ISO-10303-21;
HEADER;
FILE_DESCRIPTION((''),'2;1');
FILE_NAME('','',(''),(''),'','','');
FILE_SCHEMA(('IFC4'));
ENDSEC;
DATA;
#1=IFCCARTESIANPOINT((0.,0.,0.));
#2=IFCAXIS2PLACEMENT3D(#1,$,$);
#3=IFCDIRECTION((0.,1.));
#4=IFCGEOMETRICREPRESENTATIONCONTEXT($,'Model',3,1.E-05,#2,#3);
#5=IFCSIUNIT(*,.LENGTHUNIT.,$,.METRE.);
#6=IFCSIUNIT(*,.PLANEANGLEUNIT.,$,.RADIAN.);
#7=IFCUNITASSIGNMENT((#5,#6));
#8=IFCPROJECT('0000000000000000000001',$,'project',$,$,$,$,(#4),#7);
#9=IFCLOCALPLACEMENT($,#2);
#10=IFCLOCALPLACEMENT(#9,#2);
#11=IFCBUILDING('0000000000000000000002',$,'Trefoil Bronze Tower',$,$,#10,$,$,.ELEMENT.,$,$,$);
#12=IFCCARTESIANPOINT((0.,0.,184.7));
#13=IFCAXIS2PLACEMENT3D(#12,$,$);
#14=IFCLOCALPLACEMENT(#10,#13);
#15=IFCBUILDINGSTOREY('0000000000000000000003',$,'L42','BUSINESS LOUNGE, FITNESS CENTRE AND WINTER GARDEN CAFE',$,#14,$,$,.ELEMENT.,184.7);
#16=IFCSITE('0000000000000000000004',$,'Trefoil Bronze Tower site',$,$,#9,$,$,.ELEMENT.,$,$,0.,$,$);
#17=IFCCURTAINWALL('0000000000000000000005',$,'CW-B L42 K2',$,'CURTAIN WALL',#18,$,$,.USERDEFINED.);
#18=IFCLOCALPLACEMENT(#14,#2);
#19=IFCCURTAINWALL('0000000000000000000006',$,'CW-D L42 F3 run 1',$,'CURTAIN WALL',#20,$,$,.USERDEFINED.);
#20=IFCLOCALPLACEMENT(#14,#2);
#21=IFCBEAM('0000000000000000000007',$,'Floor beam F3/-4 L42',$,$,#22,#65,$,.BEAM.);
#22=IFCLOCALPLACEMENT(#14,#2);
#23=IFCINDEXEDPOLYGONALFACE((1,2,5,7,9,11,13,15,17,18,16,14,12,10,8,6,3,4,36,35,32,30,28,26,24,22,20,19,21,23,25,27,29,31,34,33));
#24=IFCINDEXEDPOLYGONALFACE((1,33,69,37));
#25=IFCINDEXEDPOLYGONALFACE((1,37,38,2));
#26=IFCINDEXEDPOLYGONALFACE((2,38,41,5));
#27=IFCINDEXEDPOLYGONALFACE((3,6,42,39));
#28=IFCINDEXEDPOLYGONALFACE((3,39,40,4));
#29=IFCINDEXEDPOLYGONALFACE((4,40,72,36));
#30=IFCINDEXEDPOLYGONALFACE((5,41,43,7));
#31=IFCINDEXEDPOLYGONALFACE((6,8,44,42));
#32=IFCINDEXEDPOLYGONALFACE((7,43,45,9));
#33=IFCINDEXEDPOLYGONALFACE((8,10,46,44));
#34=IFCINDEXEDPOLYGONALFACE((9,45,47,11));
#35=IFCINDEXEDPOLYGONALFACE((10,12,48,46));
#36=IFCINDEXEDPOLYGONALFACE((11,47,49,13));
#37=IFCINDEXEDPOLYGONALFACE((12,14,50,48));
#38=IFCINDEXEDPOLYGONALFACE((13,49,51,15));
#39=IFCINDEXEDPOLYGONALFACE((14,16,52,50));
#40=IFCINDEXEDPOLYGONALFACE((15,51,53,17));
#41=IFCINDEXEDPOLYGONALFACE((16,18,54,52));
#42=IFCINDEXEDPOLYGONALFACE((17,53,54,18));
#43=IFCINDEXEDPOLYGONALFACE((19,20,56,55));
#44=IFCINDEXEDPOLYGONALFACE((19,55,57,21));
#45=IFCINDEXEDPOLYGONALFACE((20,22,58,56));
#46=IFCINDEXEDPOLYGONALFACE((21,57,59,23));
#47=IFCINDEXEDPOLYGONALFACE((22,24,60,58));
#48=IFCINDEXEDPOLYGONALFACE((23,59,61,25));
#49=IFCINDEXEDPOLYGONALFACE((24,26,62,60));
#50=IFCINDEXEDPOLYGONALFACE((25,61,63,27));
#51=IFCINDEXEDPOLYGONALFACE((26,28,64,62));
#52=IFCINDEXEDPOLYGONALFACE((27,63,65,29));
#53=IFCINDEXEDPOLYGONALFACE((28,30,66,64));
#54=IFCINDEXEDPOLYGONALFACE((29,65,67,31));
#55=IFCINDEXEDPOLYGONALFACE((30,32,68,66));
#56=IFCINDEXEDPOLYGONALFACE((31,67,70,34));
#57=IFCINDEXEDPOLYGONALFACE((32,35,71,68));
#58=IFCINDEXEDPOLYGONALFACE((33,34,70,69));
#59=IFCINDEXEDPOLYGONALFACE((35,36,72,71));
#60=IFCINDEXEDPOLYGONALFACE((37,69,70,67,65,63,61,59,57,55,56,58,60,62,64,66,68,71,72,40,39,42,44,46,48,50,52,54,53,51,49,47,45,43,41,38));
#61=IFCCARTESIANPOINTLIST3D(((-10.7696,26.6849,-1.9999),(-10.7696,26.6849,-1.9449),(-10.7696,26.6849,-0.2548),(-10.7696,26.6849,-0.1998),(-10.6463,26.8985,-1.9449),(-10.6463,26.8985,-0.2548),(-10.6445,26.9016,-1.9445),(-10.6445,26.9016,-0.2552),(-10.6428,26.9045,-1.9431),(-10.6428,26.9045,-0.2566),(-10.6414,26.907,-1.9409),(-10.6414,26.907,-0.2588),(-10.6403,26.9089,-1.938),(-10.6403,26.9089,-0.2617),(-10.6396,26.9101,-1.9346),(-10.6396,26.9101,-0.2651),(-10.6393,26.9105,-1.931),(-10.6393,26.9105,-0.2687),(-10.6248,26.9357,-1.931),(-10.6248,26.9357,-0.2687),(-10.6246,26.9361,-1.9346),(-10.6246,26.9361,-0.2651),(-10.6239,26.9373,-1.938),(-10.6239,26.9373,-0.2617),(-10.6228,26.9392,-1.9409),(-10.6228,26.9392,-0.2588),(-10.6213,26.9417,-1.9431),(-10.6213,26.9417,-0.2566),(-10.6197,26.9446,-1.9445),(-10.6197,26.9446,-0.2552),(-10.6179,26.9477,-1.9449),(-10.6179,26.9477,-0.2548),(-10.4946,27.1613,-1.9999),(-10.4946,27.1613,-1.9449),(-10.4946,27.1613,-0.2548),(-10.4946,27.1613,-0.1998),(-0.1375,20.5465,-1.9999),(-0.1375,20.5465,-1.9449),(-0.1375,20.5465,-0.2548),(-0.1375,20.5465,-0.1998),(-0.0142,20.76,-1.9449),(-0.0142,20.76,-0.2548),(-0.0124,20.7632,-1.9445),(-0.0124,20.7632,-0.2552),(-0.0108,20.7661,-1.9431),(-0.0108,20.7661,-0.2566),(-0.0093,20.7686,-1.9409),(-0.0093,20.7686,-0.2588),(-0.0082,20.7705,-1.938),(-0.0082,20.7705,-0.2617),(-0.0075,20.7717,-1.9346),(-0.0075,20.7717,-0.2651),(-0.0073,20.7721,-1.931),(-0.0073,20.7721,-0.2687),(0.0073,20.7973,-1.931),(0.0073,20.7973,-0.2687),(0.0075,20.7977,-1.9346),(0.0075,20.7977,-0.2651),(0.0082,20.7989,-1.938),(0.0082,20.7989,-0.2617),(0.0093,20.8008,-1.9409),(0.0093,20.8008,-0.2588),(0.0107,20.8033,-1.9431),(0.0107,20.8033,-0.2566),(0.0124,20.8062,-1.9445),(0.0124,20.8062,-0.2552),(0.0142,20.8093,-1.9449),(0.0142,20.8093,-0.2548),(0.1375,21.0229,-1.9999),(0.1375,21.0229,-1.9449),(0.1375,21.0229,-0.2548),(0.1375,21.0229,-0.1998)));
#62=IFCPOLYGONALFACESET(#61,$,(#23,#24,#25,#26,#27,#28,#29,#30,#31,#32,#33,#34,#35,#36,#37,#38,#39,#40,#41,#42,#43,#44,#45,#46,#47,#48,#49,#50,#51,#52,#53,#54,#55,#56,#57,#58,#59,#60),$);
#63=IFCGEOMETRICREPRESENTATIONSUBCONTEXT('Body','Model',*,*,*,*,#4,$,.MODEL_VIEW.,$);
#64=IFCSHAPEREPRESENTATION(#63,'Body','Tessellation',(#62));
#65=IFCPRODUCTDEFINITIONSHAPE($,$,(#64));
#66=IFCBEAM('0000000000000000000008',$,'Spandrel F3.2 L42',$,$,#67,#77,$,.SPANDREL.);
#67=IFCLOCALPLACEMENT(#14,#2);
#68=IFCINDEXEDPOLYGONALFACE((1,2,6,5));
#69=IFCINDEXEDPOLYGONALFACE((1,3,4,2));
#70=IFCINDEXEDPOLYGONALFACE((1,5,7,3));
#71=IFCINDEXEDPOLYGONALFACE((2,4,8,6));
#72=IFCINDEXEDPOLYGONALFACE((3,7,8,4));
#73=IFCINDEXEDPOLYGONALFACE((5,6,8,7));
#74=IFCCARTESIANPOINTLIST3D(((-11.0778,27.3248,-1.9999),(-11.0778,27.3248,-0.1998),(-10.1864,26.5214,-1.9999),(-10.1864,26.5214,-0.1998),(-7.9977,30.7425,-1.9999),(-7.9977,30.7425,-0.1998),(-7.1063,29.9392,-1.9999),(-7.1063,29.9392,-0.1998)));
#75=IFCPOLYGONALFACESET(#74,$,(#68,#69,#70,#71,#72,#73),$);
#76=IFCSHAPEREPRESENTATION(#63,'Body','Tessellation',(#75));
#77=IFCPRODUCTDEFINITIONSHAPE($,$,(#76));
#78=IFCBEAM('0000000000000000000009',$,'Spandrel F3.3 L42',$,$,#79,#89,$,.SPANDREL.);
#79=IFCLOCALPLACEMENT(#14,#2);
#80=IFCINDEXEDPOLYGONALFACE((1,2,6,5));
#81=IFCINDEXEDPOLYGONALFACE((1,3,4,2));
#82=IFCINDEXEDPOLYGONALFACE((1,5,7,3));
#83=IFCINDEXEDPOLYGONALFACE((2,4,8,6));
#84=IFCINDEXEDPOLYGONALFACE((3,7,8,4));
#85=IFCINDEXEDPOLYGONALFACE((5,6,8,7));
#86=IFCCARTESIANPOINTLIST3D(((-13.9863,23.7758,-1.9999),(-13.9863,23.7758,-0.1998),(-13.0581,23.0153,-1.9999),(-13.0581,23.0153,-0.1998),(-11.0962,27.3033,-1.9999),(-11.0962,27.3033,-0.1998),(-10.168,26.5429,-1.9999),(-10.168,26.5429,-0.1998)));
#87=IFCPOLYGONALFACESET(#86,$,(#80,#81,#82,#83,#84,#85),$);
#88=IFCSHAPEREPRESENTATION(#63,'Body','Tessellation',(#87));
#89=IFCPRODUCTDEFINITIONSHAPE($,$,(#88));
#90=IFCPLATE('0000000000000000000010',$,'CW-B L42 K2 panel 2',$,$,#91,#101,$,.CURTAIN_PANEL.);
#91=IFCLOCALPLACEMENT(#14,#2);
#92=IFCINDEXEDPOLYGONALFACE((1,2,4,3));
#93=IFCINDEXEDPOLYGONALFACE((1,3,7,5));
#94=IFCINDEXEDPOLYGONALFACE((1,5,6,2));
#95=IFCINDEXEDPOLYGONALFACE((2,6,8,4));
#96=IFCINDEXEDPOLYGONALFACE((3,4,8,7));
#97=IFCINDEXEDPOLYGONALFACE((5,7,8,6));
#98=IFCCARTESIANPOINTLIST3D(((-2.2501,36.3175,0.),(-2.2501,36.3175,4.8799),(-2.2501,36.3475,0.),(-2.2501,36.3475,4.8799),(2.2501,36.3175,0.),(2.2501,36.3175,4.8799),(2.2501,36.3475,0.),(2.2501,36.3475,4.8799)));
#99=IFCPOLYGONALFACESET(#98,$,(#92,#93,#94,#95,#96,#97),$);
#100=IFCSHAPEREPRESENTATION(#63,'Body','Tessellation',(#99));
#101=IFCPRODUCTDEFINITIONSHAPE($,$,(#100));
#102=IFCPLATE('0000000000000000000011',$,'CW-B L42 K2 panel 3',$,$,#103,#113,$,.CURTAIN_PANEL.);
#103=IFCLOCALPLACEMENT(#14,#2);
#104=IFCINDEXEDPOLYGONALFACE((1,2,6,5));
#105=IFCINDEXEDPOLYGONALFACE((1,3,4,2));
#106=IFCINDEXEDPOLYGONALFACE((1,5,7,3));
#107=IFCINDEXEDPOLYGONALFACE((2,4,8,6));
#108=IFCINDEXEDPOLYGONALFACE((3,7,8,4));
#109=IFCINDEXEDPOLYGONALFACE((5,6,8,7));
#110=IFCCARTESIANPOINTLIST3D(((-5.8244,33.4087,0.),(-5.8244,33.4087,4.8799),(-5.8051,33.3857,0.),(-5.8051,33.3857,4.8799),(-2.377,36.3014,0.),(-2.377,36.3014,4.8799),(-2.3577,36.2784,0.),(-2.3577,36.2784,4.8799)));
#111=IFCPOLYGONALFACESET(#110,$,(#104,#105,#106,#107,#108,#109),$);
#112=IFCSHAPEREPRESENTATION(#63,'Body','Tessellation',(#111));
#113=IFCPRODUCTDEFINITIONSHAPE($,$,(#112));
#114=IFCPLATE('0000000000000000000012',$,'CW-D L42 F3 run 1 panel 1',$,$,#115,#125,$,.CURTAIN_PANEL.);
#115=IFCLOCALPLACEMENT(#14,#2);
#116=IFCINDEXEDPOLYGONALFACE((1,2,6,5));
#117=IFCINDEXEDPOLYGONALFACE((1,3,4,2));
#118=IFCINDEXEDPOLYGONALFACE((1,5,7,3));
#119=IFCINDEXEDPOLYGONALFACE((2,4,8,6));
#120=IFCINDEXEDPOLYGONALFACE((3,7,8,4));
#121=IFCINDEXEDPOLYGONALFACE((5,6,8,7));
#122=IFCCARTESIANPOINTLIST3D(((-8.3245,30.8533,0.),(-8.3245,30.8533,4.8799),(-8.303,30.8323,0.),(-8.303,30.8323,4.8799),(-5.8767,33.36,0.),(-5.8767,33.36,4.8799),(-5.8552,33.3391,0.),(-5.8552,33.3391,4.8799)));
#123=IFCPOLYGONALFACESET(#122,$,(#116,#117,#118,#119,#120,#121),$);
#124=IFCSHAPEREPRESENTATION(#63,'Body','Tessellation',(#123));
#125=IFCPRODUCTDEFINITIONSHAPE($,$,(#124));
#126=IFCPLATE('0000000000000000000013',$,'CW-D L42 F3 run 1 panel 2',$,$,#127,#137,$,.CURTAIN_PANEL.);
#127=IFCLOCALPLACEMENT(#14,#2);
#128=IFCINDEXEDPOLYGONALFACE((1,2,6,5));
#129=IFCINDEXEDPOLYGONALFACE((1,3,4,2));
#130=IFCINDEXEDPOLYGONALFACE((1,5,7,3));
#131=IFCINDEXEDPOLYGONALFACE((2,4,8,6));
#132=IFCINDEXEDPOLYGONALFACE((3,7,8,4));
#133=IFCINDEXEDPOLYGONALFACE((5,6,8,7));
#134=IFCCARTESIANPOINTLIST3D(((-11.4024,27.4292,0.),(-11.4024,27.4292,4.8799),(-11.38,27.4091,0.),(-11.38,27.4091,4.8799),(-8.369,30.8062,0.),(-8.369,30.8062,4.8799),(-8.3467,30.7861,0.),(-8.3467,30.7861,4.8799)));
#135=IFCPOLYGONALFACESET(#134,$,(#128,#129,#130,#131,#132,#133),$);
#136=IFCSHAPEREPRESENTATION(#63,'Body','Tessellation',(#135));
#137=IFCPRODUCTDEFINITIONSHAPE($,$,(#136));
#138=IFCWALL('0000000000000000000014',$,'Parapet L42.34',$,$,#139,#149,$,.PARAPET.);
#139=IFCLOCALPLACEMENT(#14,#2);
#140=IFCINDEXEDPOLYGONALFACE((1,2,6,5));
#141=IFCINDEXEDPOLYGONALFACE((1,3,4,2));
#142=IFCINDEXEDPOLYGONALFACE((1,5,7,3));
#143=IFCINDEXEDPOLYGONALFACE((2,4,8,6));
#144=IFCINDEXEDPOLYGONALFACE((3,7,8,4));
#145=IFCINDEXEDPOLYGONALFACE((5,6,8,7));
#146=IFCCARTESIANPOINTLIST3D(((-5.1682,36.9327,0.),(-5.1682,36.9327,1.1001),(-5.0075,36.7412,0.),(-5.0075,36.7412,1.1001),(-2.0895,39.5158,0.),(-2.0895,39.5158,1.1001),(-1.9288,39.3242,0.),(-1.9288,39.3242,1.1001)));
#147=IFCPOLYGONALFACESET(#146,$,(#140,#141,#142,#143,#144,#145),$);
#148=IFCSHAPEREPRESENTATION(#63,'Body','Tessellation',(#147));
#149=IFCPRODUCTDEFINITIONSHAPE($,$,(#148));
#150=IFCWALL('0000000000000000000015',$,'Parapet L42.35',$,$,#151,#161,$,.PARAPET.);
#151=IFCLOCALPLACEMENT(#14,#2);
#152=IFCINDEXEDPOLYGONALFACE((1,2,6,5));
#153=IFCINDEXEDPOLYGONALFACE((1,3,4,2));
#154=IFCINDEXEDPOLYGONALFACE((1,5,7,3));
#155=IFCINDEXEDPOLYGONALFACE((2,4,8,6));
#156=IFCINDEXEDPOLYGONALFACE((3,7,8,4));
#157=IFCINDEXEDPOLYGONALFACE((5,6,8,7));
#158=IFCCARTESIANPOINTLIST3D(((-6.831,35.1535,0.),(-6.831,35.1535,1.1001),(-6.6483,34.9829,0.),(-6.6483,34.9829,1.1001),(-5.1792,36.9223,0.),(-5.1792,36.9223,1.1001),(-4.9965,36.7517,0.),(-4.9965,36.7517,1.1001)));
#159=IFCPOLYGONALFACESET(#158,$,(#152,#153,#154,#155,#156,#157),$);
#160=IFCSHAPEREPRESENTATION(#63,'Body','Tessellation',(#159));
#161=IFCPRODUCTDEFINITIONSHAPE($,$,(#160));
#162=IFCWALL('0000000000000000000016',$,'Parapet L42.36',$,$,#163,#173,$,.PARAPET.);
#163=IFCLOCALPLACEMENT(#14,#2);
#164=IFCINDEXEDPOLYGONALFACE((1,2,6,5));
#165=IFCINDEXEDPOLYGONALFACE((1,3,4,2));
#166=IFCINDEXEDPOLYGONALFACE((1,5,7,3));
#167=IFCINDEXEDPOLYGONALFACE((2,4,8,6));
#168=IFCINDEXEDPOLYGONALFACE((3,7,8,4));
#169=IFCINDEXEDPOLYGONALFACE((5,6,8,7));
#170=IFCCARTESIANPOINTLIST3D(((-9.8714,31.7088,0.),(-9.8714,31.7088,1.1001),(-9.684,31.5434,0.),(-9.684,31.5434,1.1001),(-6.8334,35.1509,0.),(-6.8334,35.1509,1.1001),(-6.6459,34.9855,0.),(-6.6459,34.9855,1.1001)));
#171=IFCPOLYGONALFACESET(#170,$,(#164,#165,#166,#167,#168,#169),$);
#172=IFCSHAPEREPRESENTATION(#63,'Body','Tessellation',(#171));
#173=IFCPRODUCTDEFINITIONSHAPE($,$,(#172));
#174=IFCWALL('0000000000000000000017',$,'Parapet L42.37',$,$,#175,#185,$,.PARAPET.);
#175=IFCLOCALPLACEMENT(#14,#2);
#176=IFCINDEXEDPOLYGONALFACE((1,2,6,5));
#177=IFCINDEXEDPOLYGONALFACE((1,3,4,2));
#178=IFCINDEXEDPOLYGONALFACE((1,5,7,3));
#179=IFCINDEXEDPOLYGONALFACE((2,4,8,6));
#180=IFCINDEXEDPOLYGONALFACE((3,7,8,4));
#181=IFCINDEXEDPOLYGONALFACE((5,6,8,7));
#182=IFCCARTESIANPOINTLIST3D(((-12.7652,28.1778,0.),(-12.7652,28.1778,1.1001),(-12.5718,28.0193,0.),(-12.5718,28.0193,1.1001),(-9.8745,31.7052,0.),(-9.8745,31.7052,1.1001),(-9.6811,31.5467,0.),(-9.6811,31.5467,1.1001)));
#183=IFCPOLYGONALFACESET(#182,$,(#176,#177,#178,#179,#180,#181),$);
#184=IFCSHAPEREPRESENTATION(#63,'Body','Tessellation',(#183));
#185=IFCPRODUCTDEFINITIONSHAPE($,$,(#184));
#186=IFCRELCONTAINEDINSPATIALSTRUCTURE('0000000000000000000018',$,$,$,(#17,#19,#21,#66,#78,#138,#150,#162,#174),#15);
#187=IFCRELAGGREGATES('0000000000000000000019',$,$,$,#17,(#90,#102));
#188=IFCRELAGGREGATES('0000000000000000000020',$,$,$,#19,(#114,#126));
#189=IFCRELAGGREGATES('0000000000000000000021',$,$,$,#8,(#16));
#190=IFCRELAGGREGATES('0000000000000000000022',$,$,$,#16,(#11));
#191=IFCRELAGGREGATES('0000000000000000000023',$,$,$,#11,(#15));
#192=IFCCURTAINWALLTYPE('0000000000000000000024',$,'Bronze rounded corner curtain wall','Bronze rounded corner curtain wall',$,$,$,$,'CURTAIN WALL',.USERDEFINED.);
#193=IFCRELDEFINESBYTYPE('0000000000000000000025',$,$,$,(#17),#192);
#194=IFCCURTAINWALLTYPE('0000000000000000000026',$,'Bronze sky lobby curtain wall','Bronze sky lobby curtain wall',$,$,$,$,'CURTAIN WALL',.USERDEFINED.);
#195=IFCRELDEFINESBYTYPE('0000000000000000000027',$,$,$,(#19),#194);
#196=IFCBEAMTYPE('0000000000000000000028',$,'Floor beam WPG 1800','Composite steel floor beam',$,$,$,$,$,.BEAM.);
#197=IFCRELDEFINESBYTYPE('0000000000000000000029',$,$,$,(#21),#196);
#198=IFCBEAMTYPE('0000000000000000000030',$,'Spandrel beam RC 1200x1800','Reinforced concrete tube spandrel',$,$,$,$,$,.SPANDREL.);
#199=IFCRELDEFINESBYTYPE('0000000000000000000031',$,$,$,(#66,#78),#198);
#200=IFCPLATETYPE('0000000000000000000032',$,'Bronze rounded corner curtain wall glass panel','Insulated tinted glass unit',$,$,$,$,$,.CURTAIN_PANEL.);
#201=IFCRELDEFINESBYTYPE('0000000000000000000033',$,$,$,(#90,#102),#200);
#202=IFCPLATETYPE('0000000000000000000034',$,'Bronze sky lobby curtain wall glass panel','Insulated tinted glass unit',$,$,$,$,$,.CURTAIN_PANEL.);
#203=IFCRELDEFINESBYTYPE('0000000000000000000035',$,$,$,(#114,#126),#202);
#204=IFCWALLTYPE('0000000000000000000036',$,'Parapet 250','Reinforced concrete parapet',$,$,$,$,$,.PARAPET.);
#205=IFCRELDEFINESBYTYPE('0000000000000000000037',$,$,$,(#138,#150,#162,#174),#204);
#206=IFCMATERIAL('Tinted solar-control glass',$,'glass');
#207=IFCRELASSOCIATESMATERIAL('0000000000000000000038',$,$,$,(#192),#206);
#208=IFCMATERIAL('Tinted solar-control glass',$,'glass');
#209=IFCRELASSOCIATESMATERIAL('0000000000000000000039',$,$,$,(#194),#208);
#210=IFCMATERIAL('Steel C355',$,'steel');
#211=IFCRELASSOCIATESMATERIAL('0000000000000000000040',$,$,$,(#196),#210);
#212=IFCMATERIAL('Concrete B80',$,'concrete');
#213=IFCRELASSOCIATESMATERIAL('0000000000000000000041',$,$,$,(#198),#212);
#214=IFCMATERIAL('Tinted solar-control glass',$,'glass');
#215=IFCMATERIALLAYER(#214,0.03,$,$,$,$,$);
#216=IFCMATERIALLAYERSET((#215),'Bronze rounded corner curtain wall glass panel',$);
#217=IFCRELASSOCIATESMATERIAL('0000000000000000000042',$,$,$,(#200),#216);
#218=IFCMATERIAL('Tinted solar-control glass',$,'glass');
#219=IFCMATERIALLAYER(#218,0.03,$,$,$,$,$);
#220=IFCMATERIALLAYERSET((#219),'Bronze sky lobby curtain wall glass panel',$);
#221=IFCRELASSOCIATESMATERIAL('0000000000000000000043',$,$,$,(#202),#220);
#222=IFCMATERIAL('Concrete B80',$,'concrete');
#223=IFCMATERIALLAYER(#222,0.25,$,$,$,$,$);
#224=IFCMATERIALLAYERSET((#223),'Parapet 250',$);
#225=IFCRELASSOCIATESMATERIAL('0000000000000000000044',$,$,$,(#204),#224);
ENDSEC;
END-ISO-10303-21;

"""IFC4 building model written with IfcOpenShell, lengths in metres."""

from ifc_helpers import new_model, si_unit, direction, frame, frame_2d, origin, origin_2d, place, context, subcontext, project, spatial, rectangle, i_section, extrude, material, layer, layer_set, material_profile, profile_set, type_object, element, aggregate, save


model = new_model("IFC4")

# Units and contexts
model_context = context("Model", 3, precision=1e-05, world=origin(), true_north=direction((0.0, 1.0)))
body_context = subcontext(model_context, "Body", "Model", "MODEL_VIEW")
ifc_project = project(units=[si_unit("LENGTHUNIT", "METRE"), si_unit("PLANEANGLEUNIT", "RADIAN")], contexts=[model_context])

# Site, building, storey
site_placement = place(None, origin())
site = spatial("IfcSite", under=ifc_project, at=site_placement, Name="Trefoil Bronze Tower site", CompositionType="ELEMENT", RefElevation=0.0)
building_placement = place(site_placement, origin())
building = spatial("IfcBuilding", under=site, at=building_placement, Name="Trefoil Bronze Tower", CompositionType="ELEMENT")
storey_placement = place(building_placement, frame((0.0, 0.0, 184.7)))
storey = spatial("IfcBuildingStorey", under=building, at=storey_placement, Name="L42", Description="BUSINESS LOUNGE, FITNESS CENTRE AND WINTER GARDEN CAFE", CompositionType="ELEMENT", Elevation=184.7)

# Curtain walls
ifc_material_1 = material(Name="Tinted solar-control glass", Category="glass")
curtain_wall_type_1 = type_object("IfcCurtainWallType", Name="Bronze rounded corner curtain wall", Description="Bronze rounded corner curtain wall", ElementType="CURTAIN WALL", PredefinedType="USERDEFINED", material=ifc_material_1)
curtain_wall_1_placement = place(storey_placement, origin())
curtain_wall_1 = element("IfcCurtainWall", 1, at=curtain_wall_1_placement, inside=storey, type_object=curtain_wall_type_1, Name="CW-B L42 K2", ObjectType="CURTAIN WALL", PredefinedType="USERDEFINED")
ifc_material_2 = material(Name="Tinted solar-control glass", Category="glass")
curtain_wall_type_2 = type_object("IfcCurtainWallType", Name="Bronze sky lobby curtain wall", Description="Bronze sky lobby curtain wall", ElementType="CURTAIN WALL", PredefinedType="USERDEFINED", material=ifc_material_2)
curtain_wall_2_placement = place(storey_placement, origin())
curtain_wall_2 = element("IfcCurtainWall", 2, at=curtain_wall_2_placement, inside=storey, type_object=curtain_wall_type_2, Name="CW-D L42 F3 run 1", ObjectType="CURTAIN WALL", PredefinedType="USERDEFINED")

# Beams
ifc_material_3 = material(Name="Steel C355", Category="steel")
ifc_material_profile_1 = material_profile(ifc_material_3, i_section(OverallWidth=0.55, OverallDepth=1.8, WebThickness=0.0291, FlangeThickness=0.0549, FilletRadius=0.0139, at=origin_2d()), Name="WPG 1800")
ifc_profile_set_1 = profile_set([ifc_material_profile_1], Name="Steel C355")
beam_type_1 = type_object("IfcBeamType", Name="Floor beam WPG 1800", Description="Composite steel floor beam", PredefinedType="BEAM", material=ifc_profile_set_1)
beam_1_placement = place(storey_placement, frame((-10.6321, 26.9231, -1.0999), z_axis=(0.866026, -0.5, 0.0), x_axis=(0.5, 0.866026, 0.0)))
element("IfcBeam", 3, at=beam_1_placement, inside=storey, type_object=beam_type_1, Name="Floor beam F3/-4 L42", PredefinedType="BEAM", context=body_context, shape_type="SweptSolid", body=[
    extrude(i_section(OverallWidth=0.55, OverallDepth=1.8, WebThickness=0.0291, FlangeThickness=0.0549, FilletRadius=0.0139, at=origin_2d()), origin(), (0.0, 0.0, 1.0), 12.2769),
])
ifc_material_4 = material(Name="Concrete B80", Category="concrete")
ifc_material_profile_2 = material_profile(ifc_material_4, rectangle(XDim=1.2, YDim=1.8, at=origin_2d()), Name="RC 1200x1800")
ifc_profile_set_2 = profile_set([ifc_material_profile_2], Name="Concrete B80")
beam_type_2 = type_object("IfcBeamType", Name="Spandrel beam RC 1200x1800", Description="Reinforced concrete tube spandrel", PredefinedType="SPANDREL", material=ifc_profile_set_2)
beam_2_placement = place(storey_placement, frame((-7.552, 30.3408, -1.0999), z_axis=(-0.66946, -0.742848, 0.0), x_axis=(0.742848, -0.66946, 0.0)))
element("IfcBeam", 4, at=beam_2_placement, inside=storey, type_object=beam_type_2, Name="Spandrel F3.2 L42", PredefinedType="SPANDREL", context=body_context, shape_type="SweptSolid", body=[
    extrude(rectangle(XDim=1.2, YDim=1.8, at=origin_2d()), origin(), (0.0, 0.0, 1.0), 4.6008),
])
beam_3_placement = place(storey_placement, frame((-10.6321, 26.9231, -1.0999), z_axis=(-0.633754, -0.773535, 0.0), x_axis=(0.773535, -0.633754, 0.0)))
element("IfcBeam", 5, at=beam_3_placement, inside=storey, type_object=beam_type_2, Name="Spandrel F3.3 L42", PredefinedType="SPANDREL", context=body_context, shape_type="SweptSolid", body=[
    extrude(rectangle(XDim=1.2, YDim=1.8, at=origin_2d()), origin(), (0.0, 0.0, 1.0), 4.5603),
])

# Plates
ifc_material_5 = material(Name="Tinted solar-control glass", Category="glass")
ifc_layer_1 = layer(ifc_material_5, 0.03)
ifc_layer_set_1 = layer_set([ifc_layer_1], Name="Bronze rounded corner curtain wall glass panel")
plate_type_1 = type_object("IfcPlateType", Name="Bronze rounded corner curtain wall glass panel", Description="Insulated tinted glass unit", PredefinedType="CURTAIN_PANEL", material=ifc_layer_set_1)
plate_1_placement = place(storey_placement, frame((0.0, 36.3325, 0.0), z_axis=(0.0, 0.0, 1.0), x_axis=(-1.0, 0.0, 0.0)))
plate_1 = element("IfcPlate", 6, at=plate_1_placement, type_object=plate_type_1, Name="CW-B L42 K2 panel 2", PredefinedType="CURTAIN_PANEL", context=body_context, shape_type="SweptSolid", body=[
    extrude(rectangle(XDim=4.5002, YDim=0.03, at=origin_2d()), origin(), (0.0, 0.0, 1.0), 4.8799),
])
plate_2_placement = place(storey_placement, frame((-4.0911, 34.8435, 0.0), z_axis=(0.0, 0.0, 1.0), x_axis=(-0.766044, -0.642788, 0.0)))
plate_2 = element("IfcPlate", 7, at=plate_2_placement, type_object=plate_type_1, Name="CW-B L42 K2 panel 3", PredefinedType="CURTAIN_PANEL", context=body_context, shape_type="SweptSolid", body=[
    extrude(rectangle(XDim=4.5002, YDim=0.03, at=origin_2d()), origin(), (0.0, 0.0, 1.0), 4.8799),
])
aggregate(curtain_wall_1, [plate_1, plate_2])
ifc_material_6 = material(Name="Tinted solar-control glass", Category="glass")
ifc_layer_2 = layer(ifc_material_6, 0.03)
ifc_layer_set_2 = layer_set([ifc_layer_2], Name="Bronze sky lobby curtain wall glass panel")
plate_type_2 = type_object("IfcPlateType", Name="Bronze sky lobby curtain wall glass panel", Description="Insulated tinted glass unit", PredefinedType="CURTAIN_PANEL", material=ifc_layer_set_2)
plate_3_placement = place(storey_placement, frame((-7.0898, 32.0962, 0.0), z_axis=(0.0, 0.0, 1.0), x_axis=(-0.698652, -0.715462, 0.0)))
plate_3 = element("IfcPlate", 8, at=plate_3_placement, type_object=plate_type_2, Name="CW-D L42 F3 run 1 panel 1", PredefinedType="CURTAIN_PANEL", context=body_context, shape_type="SweptSolid", body=[
    extrude(rectangle(XDim=3.5037, YDim=0.03, at=origin_2d()), origin(), (0.0, 0.0, 1.0), 4.8799),
])
plate_4_placement = place(storey_placement, frame((-9.8745, 29.1077, 0.0), z_axis=(0.0, 0.0, 1.0), x_axis=(-0.668246, -0.743941, 0.0)))
plate_4 = element("IfcPlate", 9, at=plate_4_placement, type_object=plate_type_2, Name="CW-D L42 F3 run 1 panel 2", PredefinedType="CURTAIN_PANEL", context=body_context, shape_type="SweptSolid", body=[
    extrude(rectangle(XDim=4.5393, YDim=0.03, at=origin_2d()), origin(), (0.0, 0.0, 1.0), 4.8799),
])
aggregate(curtain_wall_2, [plate_3, plate_4])

# Walls
ifc_material_7 = material(Name="Concrete B80", Category="concrete")
ifc_layer_3 = layer(ifc_material_7, 0.25)
ifc_layer_set_3 = layer_set([ifc_layer_3], Name="Parapet 250")
wall_type = type_object("IfcWallType", Name="Parapet 250", Description="Reinforced concrete parapet", PredefinedType="PARAPET", material=ifc_layer_set_3)
wall_1_placement = place(storey_placement, frame((-2.0093, 39.4199, 0.0), z_axis=(0.0, 0.0, 1.0), x_axis=(-0.766076, -0.64275, 0.0)))
element("IfcWall", 10, at=wall_1_placement, inside=storey, type_object=wall_type, Name="Parapet L42.34", PredefinedType="PARAPET", context=body_context, shape_type="SweptSolid", body=[
    extrude(rectangle(XDim=4.0188, YDim=0.25, at=frame_2d((2.0093, 0.0))), origin(), (0.0, 0.0, 1.0), 1.1001),
])
wall_2_placement = place(storey_placement, frame((-5.0879, 36.8369, 0.0), z_axis=(0.0, 0.0, 1.0), x_axis=(-0.682534, -0.730854, 0.0)))
element("IfcWall", 11, at=wall_2_placement, inside=storey, type_object=wall_type, Name="Parapet L42.35", PredefinedType="PARAPET", context=body_context, shape_type="SweptSolid", body=[
    extrude(rectangle(XDim=2.4202, YDim=0.25, at=frame_2d((1.21, 0.0))), origin(), (0.0, 0.0, 1.0), 1.1001),
])
wall_3_placement = place(storey_placement, frame((-6.7397, 35.0681, 0.0), z_axis=(0.0, 0.0, 1.0), x_axis=(-0.661732, -0.74974, 0.0)))
element("IfcWall", 12, at=wall_3_placement, inside=storey, type_object=wall_type, Name="Parapet L42.36", PredefinedType="PARAPET", context=body_context, shape_type="SweptSolid", body=[
    extrude(rectangle(XDim=4.5911, YDim=0.25, at=frame_2d((2.2954, 0.0))), origin(), (0.0, 0.0, 1.0), 1.1001),
])
wall_4_placement = place(storey_placement, frame((-9.7778, 31.626, 0.0), z_axis=(0.0, 0.0, 1.0), x_axis=(-0.633844, -0.773461, 0.0)))
element("IfcWall", 13, at=wall_4_placement, inside=storey, type_object=wall_type, Name="Parapet L42.37", PredefinedType="PARAPET", context=body_context, shape_type="SweptSolid", body=[
    extrude(rectangle(XDim=4.5605, YDim=0.25, at=frame_2d((2.2803, 0.0))), origin(), (0.0, 0.0, 1.0), 1.1001),
])

save(model, "model.ifc")
